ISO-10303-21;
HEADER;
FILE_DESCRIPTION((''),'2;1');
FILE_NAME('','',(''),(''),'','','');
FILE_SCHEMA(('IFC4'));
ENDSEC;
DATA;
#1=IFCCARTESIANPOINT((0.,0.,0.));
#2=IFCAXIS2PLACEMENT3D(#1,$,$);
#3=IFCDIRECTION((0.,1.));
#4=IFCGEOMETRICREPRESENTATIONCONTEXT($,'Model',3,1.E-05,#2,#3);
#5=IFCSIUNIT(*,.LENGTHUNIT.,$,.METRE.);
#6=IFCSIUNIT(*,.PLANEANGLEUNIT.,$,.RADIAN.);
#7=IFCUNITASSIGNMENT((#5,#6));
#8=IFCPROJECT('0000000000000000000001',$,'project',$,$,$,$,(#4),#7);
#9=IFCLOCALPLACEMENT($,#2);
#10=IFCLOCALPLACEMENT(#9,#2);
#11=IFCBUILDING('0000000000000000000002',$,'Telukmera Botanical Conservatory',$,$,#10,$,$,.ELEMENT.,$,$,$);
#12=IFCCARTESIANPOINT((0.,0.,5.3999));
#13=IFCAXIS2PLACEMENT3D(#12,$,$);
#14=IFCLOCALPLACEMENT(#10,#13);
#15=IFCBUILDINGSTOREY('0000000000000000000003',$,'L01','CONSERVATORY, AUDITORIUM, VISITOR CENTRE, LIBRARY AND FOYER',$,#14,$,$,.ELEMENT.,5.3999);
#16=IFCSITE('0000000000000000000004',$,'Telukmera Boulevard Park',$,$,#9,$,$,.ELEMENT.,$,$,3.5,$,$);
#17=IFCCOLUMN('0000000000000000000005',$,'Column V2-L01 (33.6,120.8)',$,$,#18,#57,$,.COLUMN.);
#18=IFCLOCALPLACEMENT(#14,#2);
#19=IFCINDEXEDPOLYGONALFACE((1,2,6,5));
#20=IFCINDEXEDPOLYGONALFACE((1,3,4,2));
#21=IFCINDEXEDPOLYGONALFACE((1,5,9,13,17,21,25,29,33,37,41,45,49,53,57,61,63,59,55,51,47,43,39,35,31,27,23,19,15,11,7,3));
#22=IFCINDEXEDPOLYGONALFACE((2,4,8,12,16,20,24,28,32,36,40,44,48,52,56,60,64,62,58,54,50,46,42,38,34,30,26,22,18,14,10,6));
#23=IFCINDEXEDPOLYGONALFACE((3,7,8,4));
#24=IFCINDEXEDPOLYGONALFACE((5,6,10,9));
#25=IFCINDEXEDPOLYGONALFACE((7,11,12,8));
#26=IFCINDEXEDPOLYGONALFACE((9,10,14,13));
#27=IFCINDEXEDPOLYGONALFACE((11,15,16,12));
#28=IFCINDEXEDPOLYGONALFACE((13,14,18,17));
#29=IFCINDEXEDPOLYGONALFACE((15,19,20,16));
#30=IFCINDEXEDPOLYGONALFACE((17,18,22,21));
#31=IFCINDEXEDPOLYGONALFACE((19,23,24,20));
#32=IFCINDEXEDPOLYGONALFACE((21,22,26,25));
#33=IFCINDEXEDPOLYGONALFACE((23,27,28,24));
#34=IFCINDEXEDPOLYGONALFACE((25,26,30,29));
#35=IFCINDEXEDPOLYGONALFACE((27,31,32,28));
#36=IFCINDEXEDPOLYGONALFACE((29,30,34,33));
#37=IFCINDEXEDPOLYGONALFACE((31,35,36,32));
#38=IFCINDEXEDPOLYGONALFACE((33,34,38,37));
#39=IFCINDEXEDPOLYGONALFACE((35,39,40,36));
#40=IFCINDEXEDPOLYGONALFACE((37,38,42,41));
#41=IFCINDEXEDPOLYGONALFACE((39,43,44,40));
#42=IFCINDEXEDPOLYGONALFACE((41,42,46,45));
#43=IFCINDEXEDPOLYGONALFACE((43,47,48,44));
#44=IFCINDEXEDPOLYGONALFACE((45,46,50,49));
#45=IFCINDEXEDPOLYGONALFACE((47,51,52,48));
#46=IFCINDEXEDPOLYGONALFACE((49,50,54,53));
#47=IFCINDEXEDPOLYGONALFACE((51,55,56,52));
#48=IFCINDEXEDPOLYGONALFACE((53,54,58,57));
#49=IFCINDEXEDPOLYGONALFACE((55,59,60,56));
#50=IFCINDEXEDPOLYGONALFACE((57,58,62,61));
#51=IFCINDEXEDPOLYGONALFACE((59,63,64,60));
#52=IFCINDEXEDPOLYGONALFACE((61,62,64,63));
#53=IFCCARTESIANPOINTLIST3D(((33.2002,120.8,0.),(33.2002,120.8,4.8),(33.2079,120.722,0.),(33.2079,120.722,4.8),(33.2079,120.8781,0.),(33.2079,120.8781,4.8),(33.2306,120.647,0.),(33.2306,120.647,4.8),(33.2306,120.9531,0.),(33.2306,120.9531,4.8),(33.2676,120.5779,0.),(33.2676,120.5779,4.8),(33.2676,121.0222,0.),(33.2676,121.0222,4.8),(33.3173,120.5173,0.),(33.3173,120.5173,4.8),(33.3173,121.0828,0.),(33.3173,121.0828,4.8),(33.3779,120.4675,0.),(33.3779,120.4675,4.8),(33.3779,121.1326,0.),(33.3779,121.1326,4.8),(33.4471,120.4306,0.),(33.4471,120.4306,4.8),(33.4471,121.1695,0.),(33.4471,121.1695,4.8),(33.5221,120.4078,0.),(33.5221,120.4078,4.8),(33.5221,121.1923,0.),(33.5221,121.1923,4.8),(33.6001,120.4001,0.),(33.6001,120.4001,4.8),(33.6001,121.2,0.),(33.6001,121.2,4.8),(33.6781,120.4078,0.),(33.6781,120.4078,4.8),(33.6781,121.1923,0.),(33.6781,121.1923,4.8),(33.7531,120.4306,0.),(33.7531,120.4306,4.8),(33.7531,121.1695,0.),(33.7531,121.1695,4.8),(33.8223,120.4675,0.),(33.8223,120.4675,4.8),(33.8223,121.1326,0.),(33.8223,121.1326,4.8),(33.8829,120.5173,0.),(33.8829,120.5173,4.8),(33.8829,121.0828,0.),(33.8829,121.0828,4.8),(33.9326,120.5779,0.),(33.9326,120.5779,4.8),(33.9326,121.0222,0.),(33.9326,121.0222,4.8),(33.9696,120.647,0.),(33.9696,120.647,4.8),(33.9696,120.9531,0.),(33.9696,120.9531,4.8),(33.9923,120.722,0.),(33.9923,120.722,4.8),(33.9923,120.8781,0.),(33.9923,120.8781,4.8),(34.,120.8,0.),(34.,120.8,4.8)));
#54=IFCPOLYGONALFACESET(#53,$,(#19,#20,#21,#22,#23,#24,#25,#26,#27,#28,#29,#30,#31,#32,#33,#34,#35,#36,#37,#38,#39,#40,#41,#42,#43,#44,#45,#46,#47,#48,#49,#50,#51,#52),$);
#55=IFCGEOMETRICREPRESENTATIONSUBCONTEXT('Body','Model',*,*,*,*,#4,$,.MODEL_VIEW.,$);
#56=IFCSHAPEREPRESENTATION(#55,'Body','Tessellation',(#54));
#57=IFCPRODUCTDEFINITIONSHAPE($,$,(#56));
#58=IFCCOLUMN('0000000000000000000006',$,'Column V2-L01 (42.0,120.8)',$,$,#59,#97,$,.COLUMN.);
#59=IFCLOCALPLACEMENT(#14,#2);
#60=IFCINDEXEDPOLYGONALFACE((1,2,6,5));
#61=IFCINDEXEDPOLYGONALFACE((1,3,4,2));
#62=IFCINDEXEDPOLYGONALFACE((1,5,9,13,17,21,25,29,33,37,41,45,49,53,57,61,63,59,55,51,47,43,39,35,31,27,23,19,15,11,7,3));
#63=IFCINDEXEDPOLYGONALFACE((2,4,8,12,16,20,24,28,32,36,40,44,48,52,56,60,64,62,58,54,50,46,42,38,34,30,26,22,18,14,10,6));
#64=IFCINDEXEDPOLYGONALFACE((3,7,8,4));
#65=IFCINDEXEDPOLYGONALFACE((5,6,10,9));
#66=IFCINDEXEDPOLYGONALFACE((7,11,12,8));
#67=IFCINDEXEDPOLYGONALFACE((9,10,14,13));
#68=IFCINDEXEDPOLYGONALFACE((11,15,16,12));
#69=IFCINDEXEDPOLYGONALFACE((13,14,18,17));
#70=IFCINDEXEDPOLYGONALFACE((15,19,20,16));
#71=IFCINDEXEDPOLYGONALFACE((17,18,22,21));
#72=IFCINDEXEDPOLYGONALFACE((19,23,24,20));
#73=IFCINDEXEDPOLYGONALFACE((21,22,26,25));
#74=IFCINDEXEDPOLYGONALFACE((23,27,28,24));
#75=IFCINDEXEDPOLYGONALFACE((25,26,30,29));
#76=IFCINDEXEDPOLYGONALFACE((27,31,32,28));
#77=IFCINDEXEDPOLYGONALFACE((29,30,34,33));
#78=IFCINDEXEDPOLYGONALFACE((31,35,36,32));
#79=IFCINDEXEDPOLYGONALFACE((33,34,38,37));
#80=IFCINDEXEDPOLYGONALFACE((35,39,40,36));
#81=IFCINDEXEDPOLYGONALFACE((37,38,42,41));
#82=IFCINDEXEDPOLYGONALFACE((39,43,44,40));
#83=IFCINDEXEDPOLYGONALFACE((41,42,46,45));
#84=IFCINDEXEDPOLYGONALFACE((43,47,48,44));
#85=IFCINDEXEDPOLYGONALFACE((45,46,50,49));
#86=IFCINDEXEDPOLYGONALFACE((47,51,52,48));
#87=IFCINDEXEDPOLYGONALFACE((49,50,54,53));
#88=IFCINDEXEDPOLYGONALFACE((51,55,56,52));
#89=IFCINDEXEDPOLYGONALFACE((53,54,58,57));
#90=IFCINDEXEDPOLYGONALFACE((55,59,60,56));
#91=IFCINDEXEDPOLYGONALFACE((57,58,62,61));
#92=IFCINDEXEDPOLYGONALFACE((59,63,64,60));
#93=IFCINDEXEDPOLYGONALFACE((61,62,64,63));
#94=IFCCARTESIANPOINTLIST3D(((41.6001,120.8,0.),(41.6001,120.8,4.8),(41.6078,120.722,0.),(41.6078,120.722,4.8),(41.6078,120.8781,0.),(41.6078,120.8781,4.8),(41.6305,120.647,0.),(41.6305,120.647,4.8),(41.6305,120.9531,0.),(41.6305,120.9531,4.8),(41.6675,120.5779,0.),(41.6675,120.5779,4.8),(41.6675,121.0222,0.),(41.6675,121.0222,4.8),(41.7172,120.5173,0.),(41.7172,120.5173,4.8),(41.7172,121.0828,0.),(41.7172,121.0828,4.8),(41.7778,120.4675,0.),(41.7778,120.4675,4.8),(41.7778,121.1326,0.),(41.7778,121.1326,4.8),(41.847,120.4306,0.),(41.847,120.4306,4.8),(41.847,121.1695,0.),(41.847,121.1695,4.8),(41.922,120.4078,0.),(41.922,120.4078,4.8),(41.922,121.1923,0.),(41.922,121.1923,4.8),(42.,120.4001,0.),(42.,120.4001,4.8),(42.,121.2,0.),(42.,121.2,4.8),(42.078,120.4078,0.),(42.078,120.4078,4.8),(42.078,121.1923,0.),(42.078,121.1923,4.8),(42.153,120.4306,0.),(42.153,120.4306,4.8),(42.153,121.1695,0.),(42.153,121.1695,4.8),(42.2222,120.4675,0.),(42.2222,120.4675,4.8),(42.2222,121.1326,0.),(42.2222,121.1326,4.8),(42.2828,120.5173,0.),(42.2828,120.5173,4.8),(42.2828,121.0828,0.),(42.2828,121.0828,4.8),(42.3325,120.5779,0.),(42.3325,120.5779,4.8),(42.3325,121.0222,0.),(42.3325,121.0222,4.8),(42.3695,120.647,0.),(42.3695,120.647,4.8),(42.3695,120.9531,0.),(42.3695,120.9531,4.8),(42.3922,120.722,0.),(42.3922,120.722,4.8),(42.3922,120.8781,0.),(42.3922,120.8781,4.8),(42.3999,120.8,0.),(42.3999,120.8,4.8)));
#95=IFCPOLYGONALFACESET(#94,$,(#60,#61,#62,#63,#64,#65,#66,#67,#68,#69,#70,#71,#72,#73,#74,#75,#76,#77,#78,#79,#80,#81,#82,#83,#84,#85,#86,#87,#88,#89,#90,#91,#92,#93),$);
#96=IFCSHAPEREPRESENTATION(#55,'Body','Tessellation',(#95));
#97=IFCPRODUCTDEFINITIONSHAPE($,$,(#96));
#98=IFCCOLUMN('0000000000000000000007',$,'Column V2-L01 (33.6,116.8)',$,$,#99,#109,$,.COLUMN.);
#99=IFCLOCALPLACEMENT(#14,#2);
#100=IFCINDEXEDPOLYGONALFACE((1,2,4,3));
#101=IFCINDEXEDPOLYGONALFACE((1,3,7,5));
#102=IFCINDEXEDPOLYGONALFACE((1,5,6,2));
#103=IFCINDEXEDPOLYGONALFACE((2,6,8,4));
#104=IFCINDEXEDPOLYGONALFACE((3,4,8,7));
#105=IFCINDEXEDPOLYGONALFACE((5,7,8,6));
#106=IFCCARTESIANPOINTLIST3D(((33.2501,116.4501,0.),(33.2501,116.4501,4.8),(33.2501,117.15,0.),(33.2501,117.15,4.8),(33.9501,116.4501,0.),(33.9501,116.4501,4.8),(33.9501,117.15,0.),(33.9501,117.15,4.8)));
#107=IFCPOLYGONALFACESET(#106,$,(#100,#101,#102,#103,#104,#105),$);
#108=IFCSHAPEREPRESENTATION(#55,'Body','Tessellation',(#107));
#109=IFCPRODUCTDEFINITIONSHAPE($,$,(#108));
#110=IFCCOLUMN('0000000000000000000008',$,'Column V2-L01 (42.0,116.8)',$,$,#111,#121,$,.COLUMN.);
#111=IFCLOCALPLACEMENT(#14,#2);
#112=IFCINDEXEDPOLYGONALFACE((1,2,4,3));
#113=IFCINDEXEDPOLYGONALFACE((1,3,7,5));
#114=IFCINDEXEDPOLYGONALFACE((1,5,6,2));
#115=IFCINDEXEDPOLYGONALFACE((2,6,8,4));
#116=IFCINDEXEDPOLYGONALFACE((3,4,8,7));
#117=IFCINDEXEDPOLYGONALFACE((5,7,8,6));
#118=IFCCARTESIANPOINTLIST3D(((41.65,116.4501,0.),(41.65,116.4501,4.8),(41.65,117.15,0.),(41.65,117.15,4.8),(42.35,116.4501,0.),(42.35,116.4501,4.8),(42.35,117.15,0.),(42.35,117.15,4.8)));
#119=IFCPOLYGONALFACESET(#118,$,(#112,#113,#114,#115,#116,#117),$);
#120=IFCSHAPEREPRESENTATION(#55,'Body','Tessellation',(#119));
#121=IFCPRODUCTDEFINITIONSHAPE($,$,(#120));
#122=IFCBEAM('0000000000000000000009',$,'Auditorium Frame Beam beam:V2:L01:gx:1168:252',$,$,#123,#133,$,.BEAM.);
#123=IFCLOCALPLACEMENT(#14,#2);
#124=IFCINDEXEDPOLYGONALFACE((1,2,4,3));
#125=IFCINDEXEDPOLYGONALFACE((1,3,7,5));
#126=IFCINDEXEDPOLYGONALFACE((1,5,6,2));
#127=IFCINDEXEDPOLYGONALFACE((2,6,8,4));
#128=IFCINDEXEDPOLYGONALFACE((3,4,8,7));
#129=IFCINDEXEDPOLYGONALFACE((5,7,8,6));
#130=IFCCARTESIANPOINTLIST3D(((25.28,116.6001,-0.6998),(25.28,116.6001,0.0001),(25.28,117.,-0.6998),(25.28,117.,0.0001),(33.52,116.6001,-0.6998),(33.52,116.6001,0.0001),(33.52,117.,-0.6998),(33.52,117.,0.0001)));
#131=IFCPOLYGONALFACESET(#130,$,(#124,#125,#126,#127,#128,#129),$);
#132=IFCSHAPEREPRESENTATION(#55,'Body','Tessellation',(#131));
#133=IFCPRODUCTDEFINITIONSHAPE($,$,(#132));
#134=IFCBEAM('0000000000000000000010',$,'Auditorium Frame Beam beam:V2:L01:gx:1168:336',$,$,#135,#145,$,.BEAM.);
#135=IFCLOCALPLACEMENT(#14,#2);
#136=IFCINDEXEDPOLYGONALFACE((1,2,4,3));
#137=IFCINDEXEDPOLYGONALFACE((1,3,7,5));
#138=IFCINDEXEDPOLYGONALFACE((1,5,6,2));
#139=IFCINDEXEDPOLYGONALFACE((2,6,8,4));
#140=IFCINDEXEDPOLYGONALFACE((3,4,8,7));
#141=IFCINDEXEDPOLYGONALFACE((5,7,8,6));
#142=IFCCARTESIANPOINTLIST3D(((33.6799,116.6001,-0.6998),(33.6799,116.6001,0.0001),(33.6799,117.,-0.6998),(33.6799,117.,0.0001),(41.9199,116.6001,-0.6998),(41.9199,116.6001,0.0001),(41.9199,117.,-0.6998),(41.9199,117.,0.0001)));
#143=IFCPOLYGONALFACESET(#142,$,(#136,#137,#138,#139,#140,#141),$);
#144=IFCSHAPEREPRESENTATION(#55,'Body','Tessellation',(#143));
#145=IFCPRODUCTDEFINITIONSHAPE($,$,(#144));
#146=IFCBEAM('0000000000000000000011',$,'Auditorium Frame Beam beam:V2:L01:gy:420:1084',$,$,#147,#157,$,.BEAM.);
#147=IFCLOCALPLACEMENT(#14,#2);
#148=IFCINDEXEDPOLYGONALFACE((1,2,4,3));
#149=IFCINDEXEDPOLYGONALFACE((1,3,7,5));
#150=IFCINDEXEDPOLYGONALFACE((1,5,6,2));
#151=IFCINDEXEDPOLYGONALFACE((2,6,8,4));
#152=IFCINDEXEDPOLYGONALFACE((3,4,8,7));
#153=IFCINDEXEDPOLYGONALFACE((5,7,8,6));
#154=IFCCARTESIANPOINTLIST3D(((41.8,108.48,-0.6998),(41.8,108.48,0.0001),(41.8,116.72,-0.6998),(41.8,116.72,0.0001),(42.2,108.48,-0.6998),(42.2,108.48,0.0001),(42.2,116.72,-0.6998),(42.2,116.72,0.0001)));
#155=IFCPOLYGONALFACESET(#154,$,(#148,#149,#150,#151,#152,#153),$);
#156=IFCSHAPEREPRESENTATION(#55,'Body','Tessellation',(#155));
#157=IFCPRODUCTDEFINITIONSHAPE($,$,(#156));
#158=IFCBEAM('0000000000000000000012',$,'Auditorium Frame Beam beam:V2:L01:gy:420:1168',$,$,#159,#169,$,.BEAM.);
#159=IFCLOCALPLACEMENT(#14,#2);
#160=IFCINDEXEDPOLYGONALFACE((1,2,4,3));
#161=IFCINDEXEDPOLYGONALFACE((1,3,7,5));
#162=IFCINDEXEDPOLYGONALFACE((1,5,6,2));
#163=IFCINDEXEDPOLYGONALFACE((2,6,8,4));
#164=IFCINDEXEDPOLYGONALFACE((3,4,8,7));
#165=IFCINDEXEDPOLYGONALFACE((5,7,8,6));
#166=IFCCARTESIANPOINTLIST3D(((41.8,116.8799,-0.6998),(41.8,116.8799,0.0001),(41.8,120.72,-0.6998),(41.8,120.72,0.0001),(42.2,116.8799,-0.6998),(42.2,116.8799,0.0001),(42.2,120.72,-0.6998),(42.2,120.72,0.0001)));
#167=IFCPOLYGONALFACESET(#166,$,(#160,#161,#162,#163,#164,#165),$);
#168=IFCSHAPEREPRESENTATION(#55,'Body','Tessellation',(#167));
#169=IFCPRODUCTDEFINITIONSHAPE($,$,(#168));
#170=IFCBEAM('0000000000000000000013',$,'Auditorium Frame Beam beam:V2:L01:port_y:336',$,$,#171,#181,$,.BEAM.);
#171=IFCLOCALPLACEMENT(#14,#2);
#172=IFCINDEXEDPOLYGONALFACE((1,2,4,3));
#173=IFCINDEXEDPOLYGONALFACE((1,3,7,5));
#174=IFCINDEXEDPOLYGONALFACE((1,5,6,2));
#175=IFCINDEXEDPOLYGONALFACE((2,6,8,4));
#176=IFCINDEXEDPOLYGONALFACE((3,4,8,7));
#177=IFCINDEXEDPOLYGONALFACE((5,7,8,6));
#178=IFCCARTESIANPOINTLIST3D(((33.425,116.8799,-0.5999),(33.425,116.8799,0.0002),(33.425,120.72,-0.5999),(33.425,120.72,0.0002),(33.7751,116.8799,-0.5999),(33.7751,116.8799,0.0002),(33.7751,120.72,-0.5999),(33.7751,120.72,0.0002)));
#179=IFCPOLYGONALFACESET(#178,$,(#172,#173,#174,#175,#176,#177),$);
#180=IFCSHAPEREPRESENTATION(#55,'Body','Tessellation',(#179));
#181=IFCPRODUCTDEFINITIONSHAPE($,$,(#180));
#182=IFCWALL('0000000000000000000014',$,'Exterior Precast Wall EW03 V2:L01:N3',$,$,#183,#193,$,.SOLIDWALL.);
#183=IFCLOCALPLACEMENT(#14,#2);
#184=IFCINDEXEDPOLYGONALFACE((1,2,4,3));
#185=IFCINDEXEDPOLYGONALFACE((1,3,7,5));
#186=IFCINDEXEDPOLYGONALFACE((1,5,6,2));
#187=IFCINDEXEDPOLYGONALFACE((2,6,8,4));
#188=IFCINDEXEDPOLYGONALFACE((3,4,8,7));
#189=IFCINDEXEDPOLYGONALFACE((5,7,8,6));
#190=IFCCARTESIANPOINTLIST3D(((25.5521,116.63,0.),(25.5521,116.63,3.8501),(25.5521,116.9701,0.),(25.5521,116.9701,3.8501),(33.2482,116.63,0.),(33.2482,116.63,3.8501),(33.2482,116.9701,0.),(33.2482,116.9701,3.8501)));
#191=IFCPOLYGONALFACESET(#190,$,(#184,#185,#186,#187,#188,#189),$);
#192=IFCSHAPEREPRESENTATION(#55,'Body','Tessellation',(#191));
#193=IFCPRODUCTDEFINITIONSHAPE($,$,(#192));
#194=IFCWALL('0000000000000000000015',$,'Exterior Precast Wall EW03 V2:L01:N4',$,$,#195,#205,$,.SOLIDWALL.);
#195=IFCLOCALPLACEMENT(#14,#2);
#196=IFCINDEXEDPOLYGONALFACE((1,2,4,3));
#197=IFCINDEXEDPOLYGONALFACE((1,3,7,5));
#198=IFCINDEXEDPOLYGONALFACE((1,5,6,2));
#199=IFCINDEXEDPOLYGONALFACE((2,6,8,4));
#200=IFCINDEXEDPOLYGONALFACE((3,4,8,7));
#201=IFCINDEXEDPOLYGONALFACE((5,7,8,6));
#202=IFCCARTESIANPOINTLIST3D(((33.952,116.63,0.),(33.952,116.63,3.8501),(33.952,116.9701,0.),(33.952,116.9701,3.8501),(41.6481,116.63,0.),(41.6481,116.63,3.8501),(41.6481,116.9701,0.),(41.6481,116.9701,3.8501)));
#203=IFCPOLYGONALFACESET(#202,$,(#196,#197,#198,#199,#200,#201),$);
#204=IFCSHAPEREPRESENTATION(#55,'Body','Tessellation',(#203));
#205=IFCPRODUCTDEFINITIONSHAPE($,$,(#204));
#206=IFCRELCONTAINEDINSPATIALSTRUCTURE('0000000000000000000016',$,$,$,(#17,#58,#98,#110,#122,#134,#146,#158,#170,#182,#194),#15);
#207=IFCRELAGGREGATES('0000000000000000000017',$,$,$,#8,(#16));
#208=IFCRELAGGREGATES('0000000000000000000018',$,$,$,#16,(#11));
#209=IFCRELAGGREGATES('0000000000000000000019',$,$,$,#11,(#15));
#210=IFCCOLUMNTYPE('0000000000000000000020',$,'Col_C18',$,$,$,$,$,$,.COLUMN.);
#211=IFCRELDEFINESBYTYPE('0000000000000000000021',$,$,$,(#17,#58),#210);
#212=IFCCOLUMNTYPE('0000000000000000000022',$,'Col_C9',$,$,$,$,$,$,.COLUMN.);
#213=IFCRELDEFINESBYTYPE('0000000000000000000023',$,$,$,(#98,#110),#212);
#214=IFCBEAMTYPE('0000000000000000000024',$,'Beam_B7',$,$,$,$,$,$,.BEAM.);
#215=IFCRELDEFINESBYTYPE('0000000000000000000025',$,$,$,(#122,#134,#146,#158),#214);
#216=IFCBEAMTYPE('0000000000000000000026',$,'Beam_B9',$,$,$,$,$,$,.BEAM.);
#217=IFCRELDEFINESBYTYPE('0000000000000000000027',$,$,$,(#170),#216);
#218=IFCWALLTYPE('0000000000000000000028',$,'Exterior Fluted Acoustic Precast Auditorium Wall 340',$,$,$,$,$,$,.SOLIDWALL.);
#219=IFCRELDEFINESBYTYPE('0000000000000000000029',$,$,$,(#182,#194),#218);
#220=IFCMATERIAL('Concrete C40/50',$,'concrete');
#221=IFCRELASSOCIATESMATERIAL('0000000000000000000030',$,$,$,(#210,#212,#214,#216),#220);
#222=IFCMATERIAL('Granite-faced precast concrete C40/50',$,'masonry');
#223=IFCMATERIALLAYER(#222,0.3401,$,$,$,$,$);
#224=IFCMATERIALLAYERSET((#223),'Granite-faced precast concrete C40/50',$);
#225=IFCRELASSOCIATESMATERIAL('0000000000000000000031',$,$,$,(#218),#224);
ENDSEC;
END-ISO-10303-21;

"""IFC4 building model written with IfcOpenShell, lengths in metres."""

from ifc_helpers import new_model, si_unit, direction, frame, frame_2d, origin, origin_2d, place, context, subcontext, project, spatial, rectangle, circle, extrude, material, layer, layer_set, material_profile, profile_set, type_object, element, save


model = new_model("IFC4")

# Units and contexts
model_context = context("Model", 3, precision=1e-05, world=origin(), true_north=direction((0.0, 1.0)))
body_context = subcontext(model_context, "Body", "Model", "MODEL_VIEW")
ifc_project = project(units=[si_unit("LENGTHUNIT", "METRE"), si_unit("PLANEANGLEUNIT", "RADIAN")], contexts=[model_context])

# Site, building, storey
site_placement = place(None, origin())
site = spatial("IfcSite", under=ifc_project, at=site_placement, Name="Telukmera Boulevard Park", CompositionType="ELEMENT", RefElevation=3.5)
building_placement = place(site_placement, origin())
building = spatial("IfcBuilding", under=site, at=building_placement, Name="Telukmera Botanical Conservatory", CompositionType="ELEMENT")
storey_placement = place(building_placement, frame((0.0, 0.0, 5.3999)))
storey = spatial("IfcBuildingStorey", under=building, at=storey_placement, Name="L01", Description="CONSERVATORY, AUDITORIUM, VISITOR CENTRE, LIBRARY AND FOYER", CompositionType="ELEMENT", Elevation=5.3999)

# Columns
ifc_material_1 = material(Name="Concrete C40/50", Category="concrete")
ifc_material_profile_1 = material_profile(ifc_material_1, circle(Radius=0.3999, at=origin_2d()), Name="RC D800")
ifc_profile_set_1 = profile_set([ifc_material_profile_1], Name="Concrete C40/50")
column_type_1 = type_object("IfcColumnType", Name="Col_C18", PredefinedType="COLUMN", material=ifc_profile_set_1)
for number, where, z_axis, x_axis, name in (
    (1, (33.6001, 120.8, 0.0), (0.0, 0.0, 1.0), (1.0, 0.0, 0.0), "Column V2-L01 (33.6,120.8)"),
    (2, (42.0, 120.8, 0.0), (0.0, 0.0, 1.0), (1.0, 0.0, 0.0), "Column V2-L01 (42.0,120.8)"),
):
    element("IfcColumn", number, at=place(storey_placement, frame(where, z_axis=z_axis, x_axis=x_axis)), inside=storey, type_object=column_type_1, Name=name, PredefinedType="COLUMN", context=body_context, shape_type="SweptSolid", body=[
        extrude(circle(Radius=0.3999, at=origin_2d()), origin(), (0.0, 0.0, 1.0), 4.8),
    ])
ifc_material_profile_2 = material_profile(ifc_material_1, rectangle(XDim=0.7, YDim=0.7, at=origin_2d()), Name="RC 700x700")
ifc_profile_set_2 = profile_set([ifc_material_profile_2], Name="Concrete C40/50")
column_type_2 = type_object("IfcColumnType", Name="Col_C9", PredefinedType="COLUMN", material=ifc_profile_set_2)
for number, where, z_axis, x_axis, name in (
    (3, (33.6001, 116.8, 0.0), (0.0, 0.0, 1.0), (1.0, 0.0, 0.0), "Column V2-L01 (33.6,116.8)"),
    (4, (42.0, 116.8, 0.0), (0.0, 0.0, 1.0), (1.0, 0.0, 0.0), "Column V2-L01 (42.0,116.8)"),
):
    element("IfcColumn", number, at=place(storey_placement, frame(where, z_axis=z_axis, x_axis=x_axis)), inside=storey, type_object=column_type_2, Name=name, PredefinedType="COLUMN", context=body_context, shape_type="SweptSolid", body=[
        extrude(rectangle(XDim=0.7, YDim=0.7, at=origin_2d()), origin(), (0.0, 0.0, 1.0), 4.8),
    ])

# Beams
ifc_material_profile_3 = material_profile(ifc_material_1, rectangle(XDim=0.3999, YDim=0.7, at=origin_2d()), Name="RC 400x700")
ifc_profile_set_3 = profile_set([ifc_material_profile_3], Name="Concrete C40/50")
beam_type_1 = type_object("IfcBeamType", Name="Beam_B7", PredefinedType="BEAM", material=ifc_profile_set_3)
for number, where, z_axis, x_axis, name in (
    (5, (25.28, 116.8, -0.3499), (1.0, 0.0, 0.0), (0.0, 1.0, 0.0), "Auditorium Frame Beam beam:V2:L01:gx:1168:252"),
    (6, (33.6799, 116.8, -0.3499), (1.0, 0.0, 0.0), (0.0, 1.0, 0.0), "Auditorium Frame Beam beam:V2:L01:gx:1168:336"),
    (7, (42.0, 108.48, -0.3499), (0.0, 1.0, 0.0), (-1.0, 0.0, 0.0), "Auditorium Frame Beam beam:V2:L01:gy:420:1084"),
):
    element("IfcBeam", number, at=place(storey_placement, frame(where, z_axis=z_axis, x_axis=x_axis)), inside=storey, type_object=beam_type_1, Name=name, PredefinedType="BEAM", context=body_context, shape_type="SweptSolid", body=[
        extrude(rectangle(XDim=0.3999, YDim=0.7, at=origin_2d()), origin(), (0.0, 0.0, 1.0), 8.24),
    ])
beam_1_placement = place(storey_placement, frame((42.0, 116.8799, -0.3499), z_axis=(0.0, 1.0, 0.0), x_axis=(-1.0, 0.0, 0.0)))
element("IfcBeam", 8, at=beam_1_placement, inside=storey, type_object=beam_type_1, Name="Auditorium Frame Beam beam:V2:L01:gy:420:1168", PredefinedType="BEAM", context=body_context, shape_type="SweptSolid", body=[
    extrude(rectangle(XDim=0.3999, YDim=0.7, at=origin_2d()), origin(), (0.0, 0.0, 1.0), 3.8401),
])
ifc_material_profile_4 = material_profile(ifc_material_1, rectangle(XDim=0.3501, YDim=0.6001, at=origin_2d()), Name="RC 350x600")
ifc_profile_set_4 = profile_set([ifc_material_profile_4], Name="Concrete C40/50")
beam_type_2 = type_object("IfcBeamType", Name="Beam_B9", PredefinedType="BEAM", material=ifc_profile_set_4)
beam_2_placement = place(storey_placement, frame((33.6001, 116.8799, -0.2998), z_axis=(0.0, 1.0, 0.0), x_axis=(-1.0, 0.0, 0.0)))
element("IfcBeam", 9, at=beam_2_placement, inside=storey, type_object=beam_type_2, Name="Auditorium Frame Beam beam:V2:L01:port_y:336", PredefinedType="BEAM", context=body_context, shape_type="SweptSolid", body=[
    extrude(rectangle(XDim=0.3501, YDim=0.6001, at=origin_2d()), origin(), (0.0, 0.0, 1.0), 3.8401),
])

# Walls
ifc_material_2 = material(Name="Granite-faced precast concrete C40/50", Category="masonry")
ifc_layer_1 = layer(ifc_material_2, 0.3401)
ifc_layer_set_1 = layer_set([ifc_layer_1], Name="Granite-faced precast concrete C40/50")
wall_type = type_object("IfcWallType", Name="Exterior Fluted Acoustic Precast Auditorium Wall 340", PredefinedType="SOLIDWALL", material=ifc_layer_set_1)
for number, where, z_axis, x_axis, name in (
    (10, (25.552, 116.8, 0.0), (0.0, 0.0, 1.0), (1.0, 0.0, 0.0), "Exterior Precast Wall EW03 V2:L01:N3"),
    (11, (33.9519, 116.8, 0.0), (0.0, 0.0, 1.0), (1.0, 0.0, 0.0), "Exterior Precast Wall EW03 V2:L01:N4"),
):
    element("IfcWall", number, at=place(storey_placement, frame(where, z_axis=z_axis, x_axis=x_axis)), inside=storey, type_object=wall_type, Name=name, PredefinedType="SOLIDWALL", context=body_context, shape_type="SweptSolid", body=[
        extrude(rectangle(XDim=7.696, YDim=0.3401, at=frame_2d((3.8481, 0.0))), origin(), (0.0, 0.0, 1.0), 3.8501),
    ])

save(model, "model.ifc")
